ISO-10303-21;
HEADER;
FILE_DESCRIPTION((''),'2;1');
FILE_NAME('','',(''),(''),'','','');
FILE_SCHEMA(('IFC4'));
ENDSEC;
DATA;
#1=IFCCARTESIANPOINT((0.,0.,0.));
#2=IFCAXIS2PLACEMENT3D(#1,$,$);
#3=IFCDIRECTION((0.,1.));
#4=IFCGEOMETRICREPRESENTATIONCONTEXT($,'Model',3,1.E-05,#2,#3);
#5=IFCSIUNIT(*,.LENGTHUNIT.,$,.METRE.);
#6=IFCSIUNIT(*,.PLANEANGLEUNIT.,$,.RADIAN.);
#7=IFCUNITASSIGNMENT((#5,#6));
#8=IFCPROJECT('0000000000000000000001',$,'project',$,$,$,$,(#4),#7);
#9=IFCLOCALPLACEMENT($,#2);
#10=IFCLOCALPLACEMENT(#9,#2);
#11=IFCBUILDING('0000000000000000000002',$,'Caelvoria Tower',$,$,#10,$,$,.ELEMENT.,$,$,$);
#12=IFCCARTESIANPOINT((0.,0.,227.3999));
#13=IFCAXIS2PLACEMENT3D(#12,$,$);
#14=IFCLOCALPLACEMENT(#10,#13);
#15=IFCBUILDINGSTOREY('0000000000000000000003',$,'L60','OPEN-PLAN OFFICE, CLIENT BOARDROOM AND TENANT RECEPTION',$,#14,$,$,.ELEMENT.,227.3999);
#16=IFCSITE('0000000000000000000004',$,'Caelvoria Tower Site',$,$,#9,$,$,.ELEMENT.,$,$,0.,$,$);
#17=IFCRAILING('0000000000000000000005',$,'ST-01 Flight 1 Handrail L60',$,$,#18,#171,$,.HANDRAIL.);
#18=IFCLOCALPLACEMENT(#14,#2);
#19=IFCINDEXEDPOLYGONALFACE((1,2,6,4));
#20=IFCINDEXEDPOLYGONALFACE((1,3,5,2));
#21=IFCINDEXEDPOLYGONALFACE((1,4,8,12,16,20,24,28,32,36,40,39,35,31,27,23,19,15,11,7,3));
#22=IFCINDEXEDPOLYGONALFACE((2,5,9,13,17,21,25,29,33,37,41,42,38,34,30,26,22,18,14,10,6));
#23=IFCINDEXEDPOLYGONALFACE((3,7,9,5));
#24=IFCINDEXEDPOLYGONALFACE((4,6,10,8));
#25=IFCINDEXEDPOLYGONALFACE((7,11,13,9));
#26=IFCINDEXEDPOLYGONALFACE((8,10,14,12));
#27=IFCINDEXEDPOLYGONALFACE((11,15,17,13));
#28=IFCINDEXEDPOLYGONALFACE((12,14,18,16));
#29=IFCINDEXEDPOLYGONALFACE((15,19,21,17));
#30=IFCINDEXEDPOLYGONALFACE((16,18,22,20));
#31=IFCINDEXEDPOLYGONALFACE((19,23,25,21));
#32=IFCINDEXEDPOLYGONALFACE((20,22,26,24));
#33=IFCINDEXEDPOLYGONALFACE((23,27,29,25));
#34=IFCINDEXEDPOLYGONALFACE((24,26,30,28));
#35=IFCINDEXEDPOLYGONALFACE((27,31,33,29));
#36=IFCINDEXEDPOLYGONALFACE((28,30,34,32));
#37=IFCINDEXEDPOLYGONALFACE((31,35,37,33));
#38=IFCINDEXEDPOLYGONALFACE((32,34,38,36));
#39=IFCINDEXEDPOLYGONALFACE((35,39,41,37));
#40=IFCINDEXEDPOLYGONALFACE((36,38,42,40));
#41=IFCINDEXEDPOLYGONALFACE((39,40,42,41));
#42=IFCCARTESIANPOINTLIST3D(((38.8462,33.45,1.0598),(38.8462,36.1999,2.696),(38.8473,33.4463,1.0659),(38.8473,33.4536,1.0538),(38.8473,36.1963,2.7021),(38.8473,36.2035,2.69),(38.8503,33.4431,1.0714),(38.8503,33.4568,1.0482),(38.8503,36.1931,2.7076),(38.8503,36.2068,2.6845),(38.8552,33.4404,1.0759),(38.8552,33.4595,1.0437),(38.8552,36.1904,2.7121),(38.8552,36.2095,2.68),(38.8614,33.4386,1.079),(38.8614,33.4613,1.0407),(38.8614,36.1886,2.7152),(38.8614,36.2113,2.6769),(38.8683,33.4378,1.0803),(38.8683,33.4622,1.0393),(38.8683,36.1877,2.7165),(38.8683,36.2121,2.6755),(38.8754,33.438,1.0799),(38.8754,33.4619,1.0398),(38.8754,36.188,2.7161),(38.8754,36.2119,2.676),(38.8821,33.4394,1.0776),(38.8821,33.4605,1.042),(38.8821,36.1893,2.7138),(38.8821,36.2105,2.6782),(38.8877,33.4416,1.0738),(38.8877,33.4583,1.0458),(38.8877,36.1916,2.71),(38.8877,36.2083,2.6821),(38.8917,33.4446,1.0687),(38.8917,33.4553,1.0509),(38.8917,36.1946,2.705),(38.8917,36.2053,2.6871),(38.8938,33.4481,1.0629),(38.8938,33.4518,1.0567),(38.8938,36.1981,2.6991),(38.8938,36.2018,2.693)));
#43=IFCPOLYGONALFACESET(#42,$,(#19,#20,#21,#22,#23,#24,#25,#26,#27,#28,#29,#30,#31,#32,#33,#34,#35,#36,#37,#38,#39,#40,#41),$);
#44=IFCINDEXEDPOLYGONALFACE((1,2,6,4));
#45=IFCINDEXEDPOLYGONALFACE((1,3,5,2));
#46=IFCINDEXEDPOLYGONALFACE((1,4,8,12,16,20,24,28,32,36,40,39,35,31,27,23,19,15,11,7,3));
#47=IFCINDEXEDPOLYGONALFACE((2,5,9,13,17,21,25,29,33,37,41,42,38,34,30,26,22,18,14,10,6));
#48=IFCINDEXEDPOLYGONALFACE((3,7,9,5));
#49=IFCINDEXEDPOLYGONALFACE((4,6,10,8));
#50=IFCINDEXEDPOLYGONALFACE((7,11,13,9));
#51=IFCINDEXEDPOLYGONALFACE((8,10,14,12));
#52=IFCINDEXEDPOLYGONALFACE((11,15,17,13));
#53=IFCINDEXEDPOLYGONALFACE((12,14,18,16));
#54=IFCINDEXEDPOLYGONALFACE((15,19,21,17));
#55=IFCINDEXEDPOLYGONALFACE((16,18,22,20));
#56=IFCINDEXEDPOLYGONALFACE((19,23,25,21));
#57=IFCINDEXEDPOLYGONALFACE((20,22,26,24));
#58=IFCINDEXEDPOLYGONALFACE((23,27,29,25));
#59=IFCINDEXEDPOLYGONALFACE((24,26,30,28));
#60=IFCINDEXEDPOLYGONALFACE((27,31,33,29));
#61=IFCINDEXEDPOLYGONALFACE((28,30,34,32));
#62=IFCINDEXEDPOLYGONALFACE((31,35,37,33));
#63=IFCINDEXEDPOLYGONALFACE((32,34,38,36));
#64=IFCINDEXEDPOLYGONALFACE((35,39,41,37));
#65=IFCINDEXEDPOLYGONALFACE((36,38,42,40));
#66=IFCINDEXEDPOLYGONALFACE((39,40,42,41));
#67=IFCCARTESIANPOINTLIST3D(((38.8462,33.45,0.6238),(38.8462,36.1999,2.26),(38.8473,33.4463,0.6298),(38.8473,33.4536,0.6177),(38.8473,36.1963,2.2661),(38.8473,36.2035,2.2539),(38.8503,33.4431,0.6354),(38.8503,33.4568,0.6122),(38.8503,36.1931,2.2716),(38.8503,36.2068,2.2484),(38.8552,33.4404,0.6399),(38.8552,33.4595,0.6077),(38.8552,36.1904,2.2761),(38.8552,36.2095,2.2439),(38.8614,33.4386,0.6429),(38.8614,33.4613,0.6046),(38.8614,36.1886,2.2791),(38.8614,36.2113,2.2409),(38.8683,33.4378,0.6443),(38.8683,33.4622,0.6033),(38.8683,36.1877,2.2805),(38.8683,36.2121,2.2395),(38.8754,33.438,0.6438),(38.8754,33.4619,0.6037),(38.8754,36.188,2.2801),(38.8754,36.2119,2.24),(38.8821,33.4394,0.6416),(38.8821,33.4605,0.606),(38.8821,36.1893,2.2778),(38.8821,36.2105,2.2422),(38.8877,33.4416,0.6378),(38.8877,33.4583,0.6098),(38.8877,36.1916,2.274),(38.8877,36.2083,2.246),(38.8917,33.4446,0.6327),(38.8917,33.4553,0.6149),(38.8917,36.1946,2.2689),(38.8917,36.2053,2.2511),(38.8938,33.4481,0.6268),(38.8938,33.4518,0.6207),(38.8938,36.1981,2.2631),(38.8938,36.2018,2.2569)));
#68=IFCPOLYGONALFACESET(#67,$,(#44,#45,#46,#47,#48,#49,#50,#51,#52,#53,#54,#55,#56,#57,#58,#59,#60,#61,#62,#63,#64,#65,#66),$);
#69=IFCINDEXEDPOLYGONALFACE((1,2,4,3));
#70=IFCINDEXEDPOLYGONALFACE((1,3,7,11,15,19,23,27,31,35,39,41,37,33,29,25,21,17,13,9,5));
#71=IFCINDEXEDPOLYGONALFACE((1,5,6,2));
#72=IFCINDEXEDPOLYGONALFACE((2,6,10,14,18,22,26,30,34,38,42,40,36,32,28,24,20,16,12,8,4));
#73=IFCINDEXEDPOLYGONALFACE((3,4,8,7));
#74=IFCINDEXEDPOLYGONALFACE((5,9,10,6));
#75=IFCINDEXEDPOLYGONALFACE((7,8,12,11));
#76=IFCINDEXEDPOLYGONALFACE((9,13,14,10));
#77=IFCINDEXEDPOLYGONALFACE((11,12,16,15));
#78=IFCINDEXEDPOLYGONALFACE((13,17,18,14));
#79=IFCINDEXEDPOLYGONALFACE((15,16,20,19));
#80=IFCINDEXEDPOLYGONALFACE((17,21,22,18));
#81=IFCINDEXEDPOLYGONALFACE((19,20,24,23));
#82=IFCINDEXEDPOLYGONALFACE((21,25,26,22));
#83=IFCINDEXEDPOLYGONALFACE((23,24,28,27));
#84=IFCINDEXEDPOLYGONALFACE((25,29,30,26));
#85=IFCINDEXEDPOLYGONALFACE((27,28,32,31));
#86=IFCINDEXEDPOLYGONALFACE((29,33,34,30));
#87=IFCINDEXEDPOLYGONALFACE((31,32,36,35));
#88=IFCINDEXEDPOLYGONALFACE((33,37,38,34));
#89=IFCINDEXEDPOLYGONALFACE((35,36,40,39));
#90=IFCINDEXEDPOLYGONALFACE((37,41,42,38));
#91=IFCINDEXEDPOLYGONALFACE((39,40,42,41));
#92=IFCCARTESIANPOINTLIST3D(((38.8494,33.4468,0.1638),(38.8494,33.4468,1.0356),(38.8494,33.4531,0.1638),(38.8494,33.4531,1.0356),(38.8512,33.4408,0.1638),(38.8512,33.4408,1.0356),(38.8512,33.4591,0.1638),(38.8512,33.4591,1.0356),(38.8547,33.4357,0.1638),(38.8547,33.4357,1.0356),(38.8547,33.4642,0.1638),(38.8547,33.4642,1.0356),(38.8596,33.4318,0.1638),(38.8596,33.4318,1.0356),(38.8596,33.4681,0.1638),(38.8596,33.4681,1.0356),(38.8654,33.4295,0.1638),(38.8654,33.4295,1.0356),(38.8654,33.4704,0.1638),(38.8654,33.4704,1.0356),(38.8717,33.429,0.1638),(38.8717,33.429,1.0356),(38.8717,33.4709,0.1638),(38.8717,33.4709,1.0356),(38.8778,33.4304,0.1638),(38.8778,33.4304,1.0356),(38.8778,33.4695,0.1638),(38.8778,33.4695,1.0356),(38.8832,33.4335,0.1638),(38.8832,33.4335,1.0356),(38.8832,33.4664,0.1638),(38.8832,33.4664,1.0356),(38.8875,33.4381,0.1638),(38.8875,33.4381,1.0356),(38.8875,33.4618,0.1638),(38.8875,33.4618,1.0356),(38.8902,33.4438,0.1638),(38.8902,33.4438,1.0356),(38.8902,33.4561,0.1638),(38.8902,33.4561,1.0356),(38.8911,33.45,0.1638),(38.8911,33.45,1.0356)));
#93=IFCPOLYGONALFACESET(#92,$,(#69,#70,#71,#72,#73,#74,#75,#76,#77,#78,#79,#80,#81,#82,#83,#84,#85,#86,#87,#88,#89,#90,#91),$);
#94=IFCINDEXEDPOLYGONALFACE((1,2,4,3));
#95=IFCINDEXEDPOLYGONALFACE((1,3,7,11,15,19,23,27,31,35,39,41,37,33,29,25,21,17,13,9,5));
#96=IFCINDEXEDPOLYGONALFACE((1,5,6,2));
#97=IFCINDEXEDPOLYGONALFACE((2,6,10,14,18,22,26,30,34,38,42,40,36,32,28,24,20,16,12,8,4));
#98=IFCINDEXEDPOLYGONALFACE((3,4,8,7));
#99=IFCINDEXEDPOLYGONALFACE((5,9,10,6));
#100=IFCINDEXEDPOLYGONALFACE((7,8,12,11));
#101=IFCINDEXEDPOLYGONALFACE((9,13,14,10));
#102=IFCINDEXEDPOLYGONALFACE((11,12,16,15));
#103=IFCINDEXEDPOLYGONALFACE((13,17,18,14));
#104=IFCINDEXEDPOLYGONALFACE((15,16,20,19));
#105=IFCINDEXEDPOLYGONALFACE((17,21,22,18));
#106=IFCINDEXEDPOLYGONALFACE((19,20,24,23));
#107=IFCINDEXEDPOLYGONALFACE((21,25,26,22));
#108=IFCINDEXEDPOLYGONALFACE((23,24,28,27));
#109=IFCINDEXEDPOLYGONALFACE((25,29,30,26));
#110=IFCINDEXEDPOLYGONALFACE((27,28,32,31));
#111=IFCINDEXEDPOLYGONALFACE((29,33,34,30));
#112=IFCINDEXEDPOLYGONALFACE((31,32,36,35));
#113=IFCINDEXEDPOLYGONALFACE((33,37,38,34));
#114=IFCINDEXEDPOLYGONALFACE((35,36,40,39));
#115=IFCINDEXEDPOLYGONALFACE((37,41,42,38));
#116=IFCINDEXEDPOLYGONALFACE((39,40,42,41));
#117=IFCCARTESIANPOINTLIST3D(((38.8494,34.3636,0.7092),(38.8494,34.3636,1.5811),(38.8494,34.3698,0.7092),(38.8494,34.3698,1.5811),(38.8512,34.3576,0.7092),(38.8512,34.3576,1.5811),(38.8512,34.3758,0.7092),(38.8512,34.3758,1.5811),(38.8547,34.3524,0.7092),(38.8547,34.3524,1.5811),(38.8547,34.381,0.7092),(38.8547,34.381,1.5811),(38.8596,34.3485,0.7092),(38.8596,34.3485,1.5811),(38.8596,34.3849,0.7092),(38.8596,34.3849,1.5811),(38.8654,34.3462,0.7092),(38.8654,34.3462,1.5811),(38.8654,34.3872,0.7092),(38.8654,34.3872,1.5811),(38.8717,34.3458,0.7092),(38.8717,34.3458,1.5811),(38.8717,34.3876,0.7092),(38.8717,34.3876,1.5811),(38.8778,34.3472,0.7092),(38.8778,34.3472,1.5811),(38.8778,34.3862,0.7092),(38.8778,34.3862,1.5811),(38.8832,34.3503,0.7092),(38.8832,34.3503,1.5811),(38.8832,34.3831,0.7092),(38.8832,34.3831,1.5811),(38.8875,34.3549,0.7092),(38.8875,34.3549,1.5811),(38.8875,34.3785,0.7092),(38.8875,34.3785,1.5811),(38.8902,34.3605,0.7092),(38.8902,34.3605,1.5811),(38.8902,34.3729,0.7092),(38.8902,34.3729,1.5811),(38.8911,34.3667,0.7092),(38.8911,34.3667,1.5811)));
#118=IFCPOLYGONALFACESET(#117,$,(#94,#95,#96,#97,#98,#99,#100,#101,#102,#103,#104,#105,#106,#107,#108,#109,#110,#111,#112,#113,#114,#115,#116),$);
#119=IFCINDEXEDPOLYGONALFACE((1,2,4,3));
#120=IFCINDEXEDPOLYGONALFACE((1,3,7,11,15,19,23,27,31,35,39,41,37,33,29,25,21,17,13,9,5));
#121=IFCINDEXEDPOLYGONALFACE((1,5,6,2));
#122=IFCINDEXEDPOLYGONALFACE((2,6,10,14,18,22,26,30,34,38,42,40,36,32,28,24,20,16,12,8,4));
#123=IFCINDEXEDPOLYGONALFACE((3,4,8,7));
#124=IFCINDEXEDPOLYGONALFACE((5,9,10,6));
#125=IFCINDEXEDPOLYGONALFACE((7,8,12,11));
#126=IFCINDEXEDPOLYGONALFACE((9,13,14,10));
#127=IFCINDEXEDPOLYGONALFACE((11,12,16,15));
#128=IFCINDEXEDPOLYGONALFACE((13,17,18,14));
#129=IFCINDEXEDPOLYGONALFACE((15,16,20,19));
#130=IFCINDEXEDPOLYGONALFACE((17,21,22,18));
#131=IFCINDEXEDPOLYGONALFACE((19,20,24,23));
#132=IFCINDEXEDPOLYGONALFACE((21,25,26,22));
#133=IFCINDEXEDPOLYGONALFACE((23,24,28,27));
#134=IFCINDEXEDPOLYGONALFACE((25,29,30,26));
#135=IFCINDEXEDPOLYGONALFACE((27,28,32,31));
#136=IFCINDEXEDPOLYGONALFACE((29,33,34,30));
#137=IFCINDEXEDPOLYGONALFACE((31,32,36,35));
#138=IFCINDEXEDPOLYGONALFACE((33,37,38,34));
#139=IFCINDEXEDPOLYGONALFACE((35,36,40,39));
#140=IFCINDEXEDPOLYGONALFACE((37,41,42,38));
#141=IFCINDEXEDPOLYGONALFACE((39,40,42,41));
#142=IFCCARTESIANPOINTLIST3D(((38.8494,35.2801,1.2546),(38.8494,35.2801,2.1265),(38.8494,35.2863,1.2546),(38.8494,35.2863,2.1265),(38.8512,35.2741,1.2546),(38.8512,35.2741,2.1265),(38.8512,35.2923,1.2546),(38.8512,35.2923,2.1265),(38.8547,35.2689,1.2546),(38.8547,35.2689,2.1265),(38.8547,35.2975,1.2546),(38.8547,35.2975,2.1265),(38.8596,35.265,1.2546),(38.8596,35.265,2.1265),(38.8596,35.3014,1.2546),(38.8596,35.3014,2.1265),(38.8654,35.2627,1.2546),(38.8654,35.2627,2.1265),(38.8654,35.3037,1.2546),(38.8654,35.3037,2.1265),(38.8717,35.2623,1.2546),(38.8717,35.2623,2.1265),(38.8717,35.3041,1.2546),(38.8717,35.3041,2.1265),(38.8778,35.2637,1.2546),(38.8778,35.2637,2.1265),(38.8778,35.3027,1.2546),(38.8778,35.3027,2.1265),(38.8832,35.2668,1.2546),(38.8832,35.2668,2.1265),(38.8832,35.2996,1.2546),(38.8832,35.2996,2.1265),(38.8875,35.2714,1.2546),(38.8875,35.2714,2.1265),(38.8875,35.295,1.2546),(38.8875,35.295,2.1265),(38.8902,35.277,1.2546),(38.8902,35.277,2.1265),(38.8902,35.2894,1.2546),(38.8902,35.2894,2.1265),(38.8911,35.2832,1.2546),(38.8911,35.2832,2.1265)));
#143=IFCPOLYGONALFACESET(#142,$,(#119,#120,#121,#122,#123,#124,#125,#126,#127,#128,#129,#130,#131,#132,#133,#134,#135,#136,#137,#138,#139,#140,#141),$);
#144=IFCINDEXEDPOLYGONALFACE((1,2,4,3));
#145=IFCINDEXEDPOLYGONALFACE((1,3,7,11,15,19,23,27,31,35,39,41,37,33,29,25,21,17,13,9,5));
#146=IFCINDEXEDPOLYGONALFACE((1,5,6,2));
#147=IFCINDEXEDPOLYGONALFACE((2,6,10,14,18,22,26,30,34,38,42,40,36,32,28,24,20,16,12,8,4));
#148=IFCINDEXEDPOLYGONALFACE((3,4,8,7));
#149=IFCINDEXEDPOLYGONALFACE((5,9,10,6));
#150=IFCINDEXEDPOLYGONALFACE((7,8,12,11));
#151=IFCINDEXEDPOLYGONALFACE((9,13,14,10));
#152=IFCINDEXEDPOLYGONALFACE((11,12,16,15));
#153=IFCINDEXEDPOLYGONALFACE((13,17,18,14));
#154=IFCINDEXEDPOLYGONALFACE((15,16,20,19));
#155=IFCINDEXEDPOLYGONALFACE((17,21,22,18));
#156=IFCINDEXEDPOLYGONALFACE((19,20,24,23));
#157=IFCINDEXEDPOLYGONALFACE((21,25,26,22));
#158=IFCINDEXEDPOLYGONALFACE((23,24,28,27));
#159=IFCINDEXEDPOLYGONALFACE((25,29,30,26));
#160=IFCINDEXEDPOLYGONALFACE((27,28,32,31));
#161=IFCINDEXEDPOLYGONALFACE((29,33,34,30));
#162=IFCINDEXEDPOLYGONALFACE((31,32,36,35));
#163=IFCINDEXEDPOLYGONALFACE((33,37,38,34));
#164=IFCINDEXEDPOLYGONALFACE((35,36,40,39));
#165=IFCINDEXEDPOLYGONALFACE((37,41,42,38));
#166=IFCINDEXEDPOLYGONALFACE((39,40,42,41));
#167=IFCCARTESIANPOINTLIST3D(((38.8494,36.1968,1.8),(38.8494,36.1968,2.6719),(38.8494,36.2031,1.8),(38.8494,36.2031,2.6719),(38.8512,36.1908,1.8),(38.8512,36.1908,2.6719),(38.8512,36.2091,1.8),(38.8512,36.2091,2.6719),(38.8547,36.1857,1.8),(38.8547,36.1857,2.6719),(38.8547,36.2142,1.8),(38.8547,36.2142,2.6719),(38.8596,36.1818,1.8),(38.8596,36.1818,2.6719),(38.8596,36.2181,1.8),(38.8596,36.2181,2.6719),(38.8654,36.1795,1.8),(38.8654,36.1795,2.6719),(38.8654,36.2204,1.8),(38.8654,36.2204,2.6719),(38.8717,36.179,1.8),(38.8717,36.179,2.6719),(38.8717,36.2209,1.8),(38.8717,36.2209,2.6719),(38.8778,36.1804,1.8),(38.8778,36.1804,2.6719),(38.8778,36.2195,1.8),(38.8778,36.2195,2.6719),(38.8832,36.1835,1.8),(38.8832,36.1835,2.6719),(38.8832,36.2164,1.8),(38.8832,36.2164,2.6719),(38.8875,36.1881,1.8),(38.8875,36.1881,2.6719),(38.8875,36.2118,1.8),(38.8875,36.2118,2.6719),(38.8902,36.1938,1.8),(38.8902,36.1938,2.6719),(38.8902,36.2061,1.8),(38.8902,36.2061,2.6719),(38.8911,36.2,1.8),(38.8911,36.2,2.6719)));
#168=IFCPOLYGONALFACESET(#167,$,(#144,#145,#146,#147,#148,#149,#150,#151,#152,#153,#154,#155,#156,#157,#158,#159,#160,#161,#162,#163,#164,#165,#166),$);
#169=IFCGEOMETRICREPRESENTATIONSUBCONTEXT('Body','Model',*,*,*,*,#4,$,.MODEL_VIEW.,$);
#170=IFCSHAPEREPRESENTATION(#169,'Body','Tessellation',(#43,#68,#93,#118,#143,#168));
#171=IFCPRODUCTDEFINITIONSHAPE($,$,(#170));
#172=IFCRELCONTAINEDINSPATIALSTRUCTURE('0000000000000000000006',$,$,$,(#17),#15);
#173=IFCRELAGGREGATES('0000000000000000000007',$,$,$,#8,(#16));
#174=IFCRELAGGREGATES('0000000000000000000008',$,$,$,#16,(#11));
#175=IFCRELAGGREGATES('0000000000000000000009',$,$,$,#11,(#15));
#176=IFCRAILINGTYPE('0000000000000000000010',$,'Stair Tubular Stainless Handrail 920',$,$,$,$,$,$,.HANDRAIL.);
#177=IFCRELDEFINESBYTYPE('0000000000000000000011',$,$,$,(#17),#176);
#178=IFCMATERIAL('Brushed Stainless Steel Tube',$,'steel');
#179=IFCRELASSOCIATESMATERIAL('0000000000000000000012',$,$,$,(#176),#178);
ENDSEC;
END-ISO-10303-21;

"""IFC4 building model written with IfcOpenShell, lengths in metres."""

from ifc_helpers import new_model, si_unit, direction, frame, origin, origin_2d, place, context, subcontext, project, spatial, circle, extrude, material, type_object, element, save


model = new_model("IFC4")

# Units and contexts
model_context = context("Model", 3, precision=1e-05, world=origin(), true_north=direction((0.0, 1.0)))
body_context = subcontext(model_context, "Body", "Model", "MODEL_VIEW")
ifc_project = project(units=[si_unit("LENGTHUNIT", "METRE"), si_unit("PLANEANGLEUNIT", "RADIAN")], contexts=[model_context])

# Site, building, storey
site_placement = place(None, origin())
site = spatial("IfcSite", under=ifc_project, at=site_placement, Name="Caelvoria Tower Site", CompositionType="ELEMENT", RefElevation=0.0)
building_placement = place(site_placement, origin())
building = spatial("IfcBuilding", under=site, at=building_placement, Name="Caelvoria Tower", CompositionType="ELEMENT")
storey_placement = place(building_placement, frame((0.0, 0.0, 227.3999)))
storey = spatial("IfcBuildingStorey", under=building, at=storey_placement, Name="L60", Description="OPEN-PLAN OFFICE, CLIENT BOARDROOM AND TENANT RECEPTION", CompositionType="ELEMENT", Elevation=227.3999)

# Railing
ifc_material_1 = material(Name="Brushed Stainless Steel Tube", Category="steel")
railing_type = type_object("IfcRailingType", Name="Stair Tubular Stainless Handrail 920", PredefinedType="HANDRAIL", material=ifc_material_1)
railing_1_placement = place(storey_placement, frame((38.8701, 33.45, 0.1638)))
element("IfcRailing", 1, at=railing_1_placement, inside=storey, type_object=railing_type, Name="ST-01 Flight 1 Handrail L60", PredefinedType="HANDRAIL", context=body_context, shape_type="SweptSolid", body=[
    extrude(circle(Radius=0.0239, at=origin_2d()), frame((0.0, 0.0, 0.896), z_axis=(0.0, 0.859385, 0.511328), x_axis=(-1.0, 0.0, 0.0)), (0.0, 0.0, 1.0), 3.2),
    extrude(circle(Radius=0.0239, at=origin_2d()), frame((0.0, 0.0, 0.46), z_axis=(0.0, 0.859385, 0.511328), x_axis=(-1.0, 0.0, 0.0)), (0.0, 0.0, 1.0), 3.2),
    extrude(circle(Radius=0.021, at=origin_2d()), origin(), (0.0, 0.0, 1.0), 0.8718),
    extrude(circle(Radius=0.021, at=origin_2d()), frame((0.0, 0.9167, 0.5454)), (0.0, 0.0, 1.0), 0.8718),
    extrude(circle(Radius=0.021, at=origin_2d()), frame((0.0, 1.8333, 1.0908)), (0.0, 0.0, 1.0), 0.8718),
    extrude(circle(Radius=0.021, at=origin_2d()), frame((0.0, 2.75, 1.6362)), (0.0, 0.0, 1.0), 0.8718),
])

save(model, "model.ifc")
